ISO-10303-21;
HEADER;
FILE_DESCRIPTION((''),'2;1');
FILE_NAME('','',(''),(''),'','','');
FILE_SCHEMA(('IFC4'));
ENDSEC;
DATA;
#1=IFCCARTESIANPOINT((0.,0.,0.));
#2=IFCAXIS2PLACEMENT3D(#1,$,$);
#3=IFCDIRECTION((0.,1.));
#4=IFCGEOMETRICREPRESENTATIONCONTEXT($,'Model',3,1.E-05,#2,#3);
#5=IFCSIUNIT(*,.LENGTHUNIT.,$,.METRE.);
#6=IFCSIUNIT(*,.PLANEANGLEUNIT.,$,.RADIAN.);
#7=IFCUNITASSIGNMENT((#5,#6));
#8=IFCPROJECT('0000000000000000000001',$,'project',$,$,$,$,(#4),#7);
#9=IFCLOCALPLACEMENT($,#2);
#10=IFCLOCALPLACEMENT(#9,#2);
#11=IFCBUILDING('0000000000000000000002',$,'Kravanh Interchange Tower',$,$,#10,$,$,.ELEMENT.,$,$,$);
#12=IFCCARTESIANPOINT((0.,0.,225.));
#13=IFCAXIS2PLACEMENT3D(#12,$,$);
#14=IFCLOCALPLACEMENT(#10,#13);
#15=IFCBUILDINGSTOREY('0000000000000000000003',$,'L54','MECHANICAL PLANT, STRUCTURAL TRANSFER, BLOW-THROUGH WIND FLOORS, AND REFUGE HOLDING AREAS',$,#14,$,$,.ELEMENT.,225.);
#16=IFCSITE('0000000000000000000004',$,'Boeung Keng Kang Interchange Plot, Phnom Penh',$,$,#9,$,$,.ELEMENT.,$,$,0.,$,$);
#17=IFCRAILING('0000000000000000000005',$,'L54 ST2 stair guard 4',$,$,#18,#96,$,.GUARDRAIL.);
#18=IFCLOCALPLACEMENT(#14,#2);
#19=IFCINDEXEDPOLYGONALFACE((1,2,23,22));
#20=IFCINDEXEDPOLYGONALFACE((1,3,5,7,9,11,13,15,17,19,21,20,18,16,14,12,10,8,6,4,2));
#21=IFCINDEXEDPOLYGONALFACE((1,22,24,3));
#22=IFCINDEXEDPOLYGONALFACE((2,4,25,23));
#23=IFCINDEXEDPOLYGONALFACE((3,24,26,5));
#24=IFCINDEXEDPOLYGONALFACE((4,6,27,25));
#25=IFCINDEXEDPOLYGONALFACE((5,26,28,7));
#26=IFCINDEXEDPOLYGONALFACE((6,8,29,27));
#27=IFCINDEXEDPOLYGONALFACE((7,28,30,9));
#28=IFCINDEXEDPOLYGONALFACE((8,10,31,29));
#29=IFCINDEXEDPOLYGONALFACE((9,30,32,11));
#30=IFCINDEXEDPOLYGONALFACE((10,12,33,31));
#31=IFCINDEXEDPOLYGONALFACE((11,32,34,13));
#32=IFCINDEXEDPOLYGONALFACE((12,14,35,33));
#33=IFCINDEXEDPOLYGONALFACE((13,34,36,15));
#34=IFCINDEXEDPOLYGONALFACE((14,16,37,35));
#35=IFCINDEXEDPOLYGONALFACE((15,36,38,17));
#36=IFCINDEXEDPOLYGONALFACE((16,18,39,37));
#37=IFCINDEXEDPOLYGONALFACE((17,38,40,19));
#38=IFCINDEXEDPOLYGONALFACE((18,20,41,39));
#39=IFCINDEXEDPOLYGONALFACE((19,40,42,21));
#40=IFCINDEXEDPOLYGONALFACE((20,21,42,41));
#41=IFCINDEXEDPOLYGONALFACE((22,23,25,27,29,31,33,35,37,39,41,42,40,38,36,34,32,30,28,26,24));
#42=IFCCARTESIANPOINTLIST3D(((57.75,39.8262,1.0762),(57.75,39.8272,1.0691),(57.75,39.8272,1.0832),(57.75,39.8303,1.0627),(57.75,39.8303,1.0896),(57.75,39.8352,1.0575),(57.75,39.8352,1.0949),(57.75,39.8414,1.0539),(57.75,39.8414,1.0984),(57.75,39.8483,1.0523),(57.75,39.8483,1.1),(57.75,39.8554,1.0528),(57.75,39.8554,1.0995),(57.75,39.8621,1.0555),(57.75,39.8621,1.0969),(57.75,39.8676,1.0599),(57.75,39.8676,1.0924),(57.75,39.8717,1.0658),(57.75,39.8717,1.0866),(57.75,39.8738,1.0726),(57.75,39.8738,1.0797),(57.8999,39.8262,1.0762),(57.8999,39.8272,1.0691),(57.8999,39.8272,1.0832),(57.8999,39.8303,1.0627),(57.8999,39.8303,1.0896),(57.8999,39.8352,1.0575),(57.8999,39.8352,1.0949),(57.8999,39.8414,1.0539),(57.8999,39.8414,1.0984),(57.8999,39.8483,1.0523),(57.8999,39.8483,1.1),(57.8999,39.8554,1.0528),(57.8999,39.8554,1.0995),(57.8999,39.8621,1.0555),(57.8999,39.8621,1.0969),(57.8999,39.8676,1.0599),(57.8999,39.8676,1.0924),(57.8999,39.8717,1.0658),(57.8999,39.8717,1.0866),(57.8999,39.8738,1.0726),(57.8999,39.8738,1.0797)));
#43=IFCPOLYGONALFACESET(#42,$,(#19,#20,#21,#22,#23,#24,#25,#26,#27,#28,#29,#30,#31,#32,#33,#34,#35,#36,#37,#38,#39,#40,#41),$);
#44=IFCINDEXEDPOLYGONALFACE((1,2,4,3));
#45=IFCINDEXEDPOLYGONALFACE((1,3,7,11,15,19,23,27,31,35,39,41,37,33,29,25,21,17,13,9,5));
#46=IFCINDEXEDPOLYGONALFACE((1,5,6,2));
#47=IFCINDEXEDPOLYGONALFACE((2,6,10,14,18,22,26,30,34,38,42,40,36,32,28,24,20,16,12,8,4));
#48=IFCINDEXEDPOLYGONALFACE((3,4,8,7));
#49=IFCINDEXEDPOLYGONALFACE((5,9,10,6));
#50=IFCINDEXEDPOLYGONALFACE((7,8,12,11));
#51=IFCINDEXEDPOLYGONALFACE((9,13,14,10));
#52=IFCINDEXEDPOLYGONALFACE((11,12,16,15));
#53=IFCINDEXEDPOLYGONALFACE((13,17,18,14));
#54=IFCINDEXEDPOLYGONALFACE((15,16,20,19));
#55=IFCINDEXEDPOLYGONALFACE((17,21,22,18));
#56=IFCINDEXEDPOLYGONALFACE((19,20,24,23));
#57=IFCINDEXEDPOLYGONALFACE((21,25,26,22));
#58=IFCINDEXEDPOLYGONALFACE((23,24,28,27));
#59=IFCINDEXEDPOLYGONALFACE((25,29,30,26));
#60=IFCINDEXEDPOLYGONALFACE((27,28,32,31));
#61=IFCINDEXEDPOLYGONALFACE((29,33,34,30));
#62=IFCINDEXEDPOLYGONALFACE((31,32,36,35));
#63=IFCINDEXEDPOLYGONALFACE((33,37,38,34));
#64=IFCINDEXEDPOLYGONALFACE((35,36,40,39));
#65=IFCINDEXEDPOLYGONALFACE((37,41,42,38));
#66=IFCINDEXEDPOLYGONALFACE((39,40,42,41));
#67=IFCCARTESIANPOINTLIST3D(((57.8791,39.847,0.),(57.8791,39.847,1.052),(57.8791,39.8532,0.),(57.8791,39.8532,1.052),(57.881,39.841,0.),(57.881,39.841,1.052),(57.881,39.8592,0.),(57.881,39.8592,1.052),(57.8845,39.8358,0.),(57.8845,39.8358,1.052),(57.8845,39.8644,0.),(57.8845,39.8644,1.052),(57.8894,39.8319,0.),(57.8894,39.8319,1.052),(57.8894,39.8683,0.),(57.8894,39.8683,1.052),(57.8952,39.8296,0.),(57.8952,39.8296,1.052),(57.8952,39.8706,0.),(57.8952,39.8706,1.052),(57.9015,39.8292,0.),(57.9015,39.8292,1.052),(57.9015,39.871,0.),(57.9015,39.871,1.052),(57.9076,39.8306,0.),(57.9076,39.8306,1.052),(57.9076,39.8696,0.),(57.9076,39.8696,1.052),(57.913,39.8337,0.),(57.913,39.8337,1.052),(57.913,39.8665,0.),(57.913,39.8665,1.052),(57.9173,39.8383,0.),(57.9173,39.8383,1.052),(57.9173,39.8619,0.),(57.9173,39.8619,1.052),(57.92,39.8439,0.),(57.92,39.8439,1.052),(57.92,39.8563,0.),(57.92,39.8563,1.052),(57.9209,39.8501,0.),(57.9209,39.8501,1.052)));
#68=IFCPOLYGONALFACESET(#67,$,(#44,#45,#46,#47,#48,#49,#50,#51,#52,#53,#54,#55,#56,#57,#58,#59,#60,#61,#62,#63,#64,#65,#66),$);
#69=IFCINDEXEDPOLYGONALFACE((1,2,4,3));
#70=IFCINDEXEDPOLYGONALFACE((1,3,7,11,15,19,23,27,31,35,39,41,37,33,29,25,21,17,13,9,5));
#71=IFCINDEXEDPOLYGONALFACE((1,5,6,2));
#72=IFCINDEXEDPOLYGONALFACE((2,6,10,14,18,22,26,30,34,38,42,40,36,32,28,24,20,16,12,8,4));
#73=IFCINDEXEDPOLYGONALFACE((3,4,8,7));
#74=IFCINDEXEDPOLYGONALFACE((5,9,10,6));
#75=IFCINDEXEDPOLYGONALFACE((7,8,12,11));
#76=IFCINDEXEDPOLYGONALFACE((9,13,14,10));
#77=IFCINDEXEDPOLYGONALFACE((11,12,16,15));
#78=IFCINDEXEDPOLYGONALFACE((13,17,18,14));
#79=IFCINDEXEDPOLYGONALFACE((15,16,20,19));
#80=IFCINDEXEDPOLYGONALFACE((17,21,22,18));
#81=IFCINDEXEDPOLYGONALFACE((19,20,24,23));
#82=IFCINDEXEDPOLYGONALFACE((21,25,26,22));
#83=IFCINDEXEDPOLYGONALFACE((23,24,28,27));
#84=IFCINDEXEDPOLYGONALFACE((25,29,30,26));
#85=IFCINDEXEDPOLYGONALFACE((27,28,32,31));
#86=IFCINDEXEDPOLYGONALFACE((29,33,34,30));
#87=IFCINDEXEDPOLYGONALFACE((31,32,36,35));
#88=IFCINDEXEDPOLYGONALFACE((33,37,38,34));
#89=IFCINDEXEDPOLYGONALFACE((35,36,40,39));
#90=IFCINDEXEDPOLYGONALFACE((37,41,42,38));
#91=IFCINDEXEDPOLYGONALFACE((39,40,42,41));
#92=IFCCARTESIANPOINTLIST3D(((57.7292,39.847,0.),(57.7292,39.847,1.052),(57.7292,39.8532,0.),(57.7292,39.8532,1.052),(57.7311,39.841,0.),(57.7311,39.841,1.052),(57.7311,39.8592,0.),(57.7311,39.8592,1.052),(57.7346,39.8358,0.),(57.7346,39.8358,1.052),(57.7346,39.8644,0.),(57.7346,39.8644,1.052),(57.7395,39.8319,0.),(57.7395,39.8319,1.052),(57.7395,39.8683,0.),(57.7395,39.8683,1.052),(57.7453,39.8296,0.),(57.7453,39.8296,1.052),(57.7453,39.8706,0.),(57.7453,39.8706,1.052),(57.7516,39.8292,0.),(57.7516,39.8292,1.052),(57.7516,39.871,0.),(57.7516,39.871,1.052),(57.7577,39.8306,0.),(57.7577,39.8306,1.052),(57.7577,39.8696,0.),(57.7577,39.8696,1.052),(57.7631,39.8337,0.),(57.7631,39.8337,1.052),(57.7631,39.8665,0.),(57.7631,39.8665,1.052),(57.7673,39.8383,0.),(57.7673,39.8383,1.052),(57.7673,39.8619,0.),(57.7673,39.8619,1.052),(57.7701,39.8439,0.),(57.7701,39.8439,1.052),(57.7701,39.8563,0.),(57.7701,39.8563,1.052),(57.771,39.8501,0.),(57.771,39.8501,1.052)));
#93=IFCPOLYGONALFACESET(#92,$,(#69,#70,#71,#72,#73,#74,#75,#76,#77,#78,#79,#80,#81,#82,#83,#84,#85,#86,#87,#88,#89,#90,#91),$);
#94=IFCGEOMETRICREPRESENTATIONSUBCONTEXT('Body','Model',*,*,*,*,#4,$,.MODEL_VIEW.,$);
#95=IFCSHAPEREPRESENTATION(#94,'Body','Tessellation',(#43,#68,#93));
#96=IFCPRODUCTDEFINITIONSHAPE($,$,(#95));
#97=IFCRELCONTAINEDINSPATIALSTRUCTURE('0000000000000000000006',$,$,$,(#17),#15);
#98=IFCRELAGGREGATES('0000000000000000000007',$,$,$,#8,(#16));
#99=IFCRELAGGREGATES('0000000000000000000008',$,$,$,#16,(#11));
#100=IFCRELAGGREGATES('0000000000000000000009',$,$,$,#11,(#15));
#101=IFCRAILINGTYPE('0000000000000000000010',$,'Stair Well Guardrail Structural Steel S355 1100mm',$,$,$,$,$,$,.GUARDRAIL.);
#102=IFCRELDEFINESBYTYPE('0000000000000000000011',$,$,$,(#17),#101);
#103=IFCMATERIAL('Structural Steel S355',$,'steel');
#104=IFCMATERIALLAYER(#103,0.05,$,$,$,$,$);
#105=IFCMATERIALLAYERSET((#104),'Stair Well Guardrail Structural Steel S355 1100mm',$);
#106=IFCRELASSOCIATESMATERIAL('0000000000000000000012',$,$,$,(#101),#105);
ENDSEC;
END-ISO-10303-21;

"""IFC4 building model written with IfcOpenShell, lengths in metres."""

from ifc_helpers import new_model, si_unit, direction, frame, origin, origin_2d, place, context, subcontext, project, spatial, circle, extrude, material, layer, layer_set, type_object, element, save


model = new_model("IFC4")

# Units and contexts
model_context = context("Model", 3, precision=1e-05, world=origin(), true_north=direction((0.0, 1.0)))
body_context = subcontext(model_context, "Body", "Model", "MODEL_VIEW")
ifc_project = project(units=[si_unit("LENGTHUNIT", "METRE"), si_unit("PLANEANGLEUNIT", "RADIAN")], contexts=[model_context])

# Site, building, storey
site_placement = place(None, origin())
site = spatial("IfcSite", under=ifc_project, at=site_placement, Name="Boeung Keng Kang Interchange Plot, Phnom Penh", CompositionType="ELEMENT", RefElevation=0.0)
building_placement = place(site_placement, origin())
building = spatial("IfcBuilding", under=site, at=building_placement, Name="Kravanh Interchange Tower", CompositionType="ELEMENT")
storey_placement = place(building_placement, frame((0.0, 0.0, 225.0)))
storey = spatial("IfcBuildingStorey", under=building, at=storey_placement, Name="L54", Description="MECHANICAL PLANT, STRUCTURAL TRANSFER, BLOW-THROUGH WIND FLOORS, AND REFUGE HOLDING AREAS", CompositionType="ELEMENT", Elevation=225.0)

# Railing
ifc_material_1 = material(Name="Structural Steel S355", Category="steel")
ifc_layer_1 = layer(ifc_material_1, 0.05)
ifc_layer_set_1 = layer_set([ifc_layer_1], Name="Stair Well Guardrail Structural Steel S355 1100mm")
railing_type_1 = type_object("IfcRailingType", Name="Stair Well Guardrail Structural Steel S355 1100mm", PredefinedType="GUARDRAIL", material=ifc_layer_set_1)
railing_1_placement = place(storey_placement, frame((57.8999, 39.8501, 0.0)))
element("IfcRailing", 1, at=railing_1_placement, inside=storey, type_object=railing_type_1, Name="L54 ST2 stair guard 4", PredefinedType="GUARDRAIL", context=body_context, shape_type="SweptSolid", body=[
    extrude(circle(Radius=0.0239, at=origin_2d()), frame((0.0, 0.0, 1.0762), z_axis=(-1.0, 0.0, 0.0), x_axis=(0.0, -1.0, 0.0)), (0.0, 0.0, 1.0), 0.1499),
    extrude(circle(Radius=0.021, at=origin_2d()), origin(), (0.0, 0.0, 1.0), 1.052),
    extrude(circle(Radius=0.021, at=origin_2d()), frame((-0.1499, 0.0, 0.0)), (0.0, 0.0, 1.0), 1.052),
])

save(model, "model.ifc")
